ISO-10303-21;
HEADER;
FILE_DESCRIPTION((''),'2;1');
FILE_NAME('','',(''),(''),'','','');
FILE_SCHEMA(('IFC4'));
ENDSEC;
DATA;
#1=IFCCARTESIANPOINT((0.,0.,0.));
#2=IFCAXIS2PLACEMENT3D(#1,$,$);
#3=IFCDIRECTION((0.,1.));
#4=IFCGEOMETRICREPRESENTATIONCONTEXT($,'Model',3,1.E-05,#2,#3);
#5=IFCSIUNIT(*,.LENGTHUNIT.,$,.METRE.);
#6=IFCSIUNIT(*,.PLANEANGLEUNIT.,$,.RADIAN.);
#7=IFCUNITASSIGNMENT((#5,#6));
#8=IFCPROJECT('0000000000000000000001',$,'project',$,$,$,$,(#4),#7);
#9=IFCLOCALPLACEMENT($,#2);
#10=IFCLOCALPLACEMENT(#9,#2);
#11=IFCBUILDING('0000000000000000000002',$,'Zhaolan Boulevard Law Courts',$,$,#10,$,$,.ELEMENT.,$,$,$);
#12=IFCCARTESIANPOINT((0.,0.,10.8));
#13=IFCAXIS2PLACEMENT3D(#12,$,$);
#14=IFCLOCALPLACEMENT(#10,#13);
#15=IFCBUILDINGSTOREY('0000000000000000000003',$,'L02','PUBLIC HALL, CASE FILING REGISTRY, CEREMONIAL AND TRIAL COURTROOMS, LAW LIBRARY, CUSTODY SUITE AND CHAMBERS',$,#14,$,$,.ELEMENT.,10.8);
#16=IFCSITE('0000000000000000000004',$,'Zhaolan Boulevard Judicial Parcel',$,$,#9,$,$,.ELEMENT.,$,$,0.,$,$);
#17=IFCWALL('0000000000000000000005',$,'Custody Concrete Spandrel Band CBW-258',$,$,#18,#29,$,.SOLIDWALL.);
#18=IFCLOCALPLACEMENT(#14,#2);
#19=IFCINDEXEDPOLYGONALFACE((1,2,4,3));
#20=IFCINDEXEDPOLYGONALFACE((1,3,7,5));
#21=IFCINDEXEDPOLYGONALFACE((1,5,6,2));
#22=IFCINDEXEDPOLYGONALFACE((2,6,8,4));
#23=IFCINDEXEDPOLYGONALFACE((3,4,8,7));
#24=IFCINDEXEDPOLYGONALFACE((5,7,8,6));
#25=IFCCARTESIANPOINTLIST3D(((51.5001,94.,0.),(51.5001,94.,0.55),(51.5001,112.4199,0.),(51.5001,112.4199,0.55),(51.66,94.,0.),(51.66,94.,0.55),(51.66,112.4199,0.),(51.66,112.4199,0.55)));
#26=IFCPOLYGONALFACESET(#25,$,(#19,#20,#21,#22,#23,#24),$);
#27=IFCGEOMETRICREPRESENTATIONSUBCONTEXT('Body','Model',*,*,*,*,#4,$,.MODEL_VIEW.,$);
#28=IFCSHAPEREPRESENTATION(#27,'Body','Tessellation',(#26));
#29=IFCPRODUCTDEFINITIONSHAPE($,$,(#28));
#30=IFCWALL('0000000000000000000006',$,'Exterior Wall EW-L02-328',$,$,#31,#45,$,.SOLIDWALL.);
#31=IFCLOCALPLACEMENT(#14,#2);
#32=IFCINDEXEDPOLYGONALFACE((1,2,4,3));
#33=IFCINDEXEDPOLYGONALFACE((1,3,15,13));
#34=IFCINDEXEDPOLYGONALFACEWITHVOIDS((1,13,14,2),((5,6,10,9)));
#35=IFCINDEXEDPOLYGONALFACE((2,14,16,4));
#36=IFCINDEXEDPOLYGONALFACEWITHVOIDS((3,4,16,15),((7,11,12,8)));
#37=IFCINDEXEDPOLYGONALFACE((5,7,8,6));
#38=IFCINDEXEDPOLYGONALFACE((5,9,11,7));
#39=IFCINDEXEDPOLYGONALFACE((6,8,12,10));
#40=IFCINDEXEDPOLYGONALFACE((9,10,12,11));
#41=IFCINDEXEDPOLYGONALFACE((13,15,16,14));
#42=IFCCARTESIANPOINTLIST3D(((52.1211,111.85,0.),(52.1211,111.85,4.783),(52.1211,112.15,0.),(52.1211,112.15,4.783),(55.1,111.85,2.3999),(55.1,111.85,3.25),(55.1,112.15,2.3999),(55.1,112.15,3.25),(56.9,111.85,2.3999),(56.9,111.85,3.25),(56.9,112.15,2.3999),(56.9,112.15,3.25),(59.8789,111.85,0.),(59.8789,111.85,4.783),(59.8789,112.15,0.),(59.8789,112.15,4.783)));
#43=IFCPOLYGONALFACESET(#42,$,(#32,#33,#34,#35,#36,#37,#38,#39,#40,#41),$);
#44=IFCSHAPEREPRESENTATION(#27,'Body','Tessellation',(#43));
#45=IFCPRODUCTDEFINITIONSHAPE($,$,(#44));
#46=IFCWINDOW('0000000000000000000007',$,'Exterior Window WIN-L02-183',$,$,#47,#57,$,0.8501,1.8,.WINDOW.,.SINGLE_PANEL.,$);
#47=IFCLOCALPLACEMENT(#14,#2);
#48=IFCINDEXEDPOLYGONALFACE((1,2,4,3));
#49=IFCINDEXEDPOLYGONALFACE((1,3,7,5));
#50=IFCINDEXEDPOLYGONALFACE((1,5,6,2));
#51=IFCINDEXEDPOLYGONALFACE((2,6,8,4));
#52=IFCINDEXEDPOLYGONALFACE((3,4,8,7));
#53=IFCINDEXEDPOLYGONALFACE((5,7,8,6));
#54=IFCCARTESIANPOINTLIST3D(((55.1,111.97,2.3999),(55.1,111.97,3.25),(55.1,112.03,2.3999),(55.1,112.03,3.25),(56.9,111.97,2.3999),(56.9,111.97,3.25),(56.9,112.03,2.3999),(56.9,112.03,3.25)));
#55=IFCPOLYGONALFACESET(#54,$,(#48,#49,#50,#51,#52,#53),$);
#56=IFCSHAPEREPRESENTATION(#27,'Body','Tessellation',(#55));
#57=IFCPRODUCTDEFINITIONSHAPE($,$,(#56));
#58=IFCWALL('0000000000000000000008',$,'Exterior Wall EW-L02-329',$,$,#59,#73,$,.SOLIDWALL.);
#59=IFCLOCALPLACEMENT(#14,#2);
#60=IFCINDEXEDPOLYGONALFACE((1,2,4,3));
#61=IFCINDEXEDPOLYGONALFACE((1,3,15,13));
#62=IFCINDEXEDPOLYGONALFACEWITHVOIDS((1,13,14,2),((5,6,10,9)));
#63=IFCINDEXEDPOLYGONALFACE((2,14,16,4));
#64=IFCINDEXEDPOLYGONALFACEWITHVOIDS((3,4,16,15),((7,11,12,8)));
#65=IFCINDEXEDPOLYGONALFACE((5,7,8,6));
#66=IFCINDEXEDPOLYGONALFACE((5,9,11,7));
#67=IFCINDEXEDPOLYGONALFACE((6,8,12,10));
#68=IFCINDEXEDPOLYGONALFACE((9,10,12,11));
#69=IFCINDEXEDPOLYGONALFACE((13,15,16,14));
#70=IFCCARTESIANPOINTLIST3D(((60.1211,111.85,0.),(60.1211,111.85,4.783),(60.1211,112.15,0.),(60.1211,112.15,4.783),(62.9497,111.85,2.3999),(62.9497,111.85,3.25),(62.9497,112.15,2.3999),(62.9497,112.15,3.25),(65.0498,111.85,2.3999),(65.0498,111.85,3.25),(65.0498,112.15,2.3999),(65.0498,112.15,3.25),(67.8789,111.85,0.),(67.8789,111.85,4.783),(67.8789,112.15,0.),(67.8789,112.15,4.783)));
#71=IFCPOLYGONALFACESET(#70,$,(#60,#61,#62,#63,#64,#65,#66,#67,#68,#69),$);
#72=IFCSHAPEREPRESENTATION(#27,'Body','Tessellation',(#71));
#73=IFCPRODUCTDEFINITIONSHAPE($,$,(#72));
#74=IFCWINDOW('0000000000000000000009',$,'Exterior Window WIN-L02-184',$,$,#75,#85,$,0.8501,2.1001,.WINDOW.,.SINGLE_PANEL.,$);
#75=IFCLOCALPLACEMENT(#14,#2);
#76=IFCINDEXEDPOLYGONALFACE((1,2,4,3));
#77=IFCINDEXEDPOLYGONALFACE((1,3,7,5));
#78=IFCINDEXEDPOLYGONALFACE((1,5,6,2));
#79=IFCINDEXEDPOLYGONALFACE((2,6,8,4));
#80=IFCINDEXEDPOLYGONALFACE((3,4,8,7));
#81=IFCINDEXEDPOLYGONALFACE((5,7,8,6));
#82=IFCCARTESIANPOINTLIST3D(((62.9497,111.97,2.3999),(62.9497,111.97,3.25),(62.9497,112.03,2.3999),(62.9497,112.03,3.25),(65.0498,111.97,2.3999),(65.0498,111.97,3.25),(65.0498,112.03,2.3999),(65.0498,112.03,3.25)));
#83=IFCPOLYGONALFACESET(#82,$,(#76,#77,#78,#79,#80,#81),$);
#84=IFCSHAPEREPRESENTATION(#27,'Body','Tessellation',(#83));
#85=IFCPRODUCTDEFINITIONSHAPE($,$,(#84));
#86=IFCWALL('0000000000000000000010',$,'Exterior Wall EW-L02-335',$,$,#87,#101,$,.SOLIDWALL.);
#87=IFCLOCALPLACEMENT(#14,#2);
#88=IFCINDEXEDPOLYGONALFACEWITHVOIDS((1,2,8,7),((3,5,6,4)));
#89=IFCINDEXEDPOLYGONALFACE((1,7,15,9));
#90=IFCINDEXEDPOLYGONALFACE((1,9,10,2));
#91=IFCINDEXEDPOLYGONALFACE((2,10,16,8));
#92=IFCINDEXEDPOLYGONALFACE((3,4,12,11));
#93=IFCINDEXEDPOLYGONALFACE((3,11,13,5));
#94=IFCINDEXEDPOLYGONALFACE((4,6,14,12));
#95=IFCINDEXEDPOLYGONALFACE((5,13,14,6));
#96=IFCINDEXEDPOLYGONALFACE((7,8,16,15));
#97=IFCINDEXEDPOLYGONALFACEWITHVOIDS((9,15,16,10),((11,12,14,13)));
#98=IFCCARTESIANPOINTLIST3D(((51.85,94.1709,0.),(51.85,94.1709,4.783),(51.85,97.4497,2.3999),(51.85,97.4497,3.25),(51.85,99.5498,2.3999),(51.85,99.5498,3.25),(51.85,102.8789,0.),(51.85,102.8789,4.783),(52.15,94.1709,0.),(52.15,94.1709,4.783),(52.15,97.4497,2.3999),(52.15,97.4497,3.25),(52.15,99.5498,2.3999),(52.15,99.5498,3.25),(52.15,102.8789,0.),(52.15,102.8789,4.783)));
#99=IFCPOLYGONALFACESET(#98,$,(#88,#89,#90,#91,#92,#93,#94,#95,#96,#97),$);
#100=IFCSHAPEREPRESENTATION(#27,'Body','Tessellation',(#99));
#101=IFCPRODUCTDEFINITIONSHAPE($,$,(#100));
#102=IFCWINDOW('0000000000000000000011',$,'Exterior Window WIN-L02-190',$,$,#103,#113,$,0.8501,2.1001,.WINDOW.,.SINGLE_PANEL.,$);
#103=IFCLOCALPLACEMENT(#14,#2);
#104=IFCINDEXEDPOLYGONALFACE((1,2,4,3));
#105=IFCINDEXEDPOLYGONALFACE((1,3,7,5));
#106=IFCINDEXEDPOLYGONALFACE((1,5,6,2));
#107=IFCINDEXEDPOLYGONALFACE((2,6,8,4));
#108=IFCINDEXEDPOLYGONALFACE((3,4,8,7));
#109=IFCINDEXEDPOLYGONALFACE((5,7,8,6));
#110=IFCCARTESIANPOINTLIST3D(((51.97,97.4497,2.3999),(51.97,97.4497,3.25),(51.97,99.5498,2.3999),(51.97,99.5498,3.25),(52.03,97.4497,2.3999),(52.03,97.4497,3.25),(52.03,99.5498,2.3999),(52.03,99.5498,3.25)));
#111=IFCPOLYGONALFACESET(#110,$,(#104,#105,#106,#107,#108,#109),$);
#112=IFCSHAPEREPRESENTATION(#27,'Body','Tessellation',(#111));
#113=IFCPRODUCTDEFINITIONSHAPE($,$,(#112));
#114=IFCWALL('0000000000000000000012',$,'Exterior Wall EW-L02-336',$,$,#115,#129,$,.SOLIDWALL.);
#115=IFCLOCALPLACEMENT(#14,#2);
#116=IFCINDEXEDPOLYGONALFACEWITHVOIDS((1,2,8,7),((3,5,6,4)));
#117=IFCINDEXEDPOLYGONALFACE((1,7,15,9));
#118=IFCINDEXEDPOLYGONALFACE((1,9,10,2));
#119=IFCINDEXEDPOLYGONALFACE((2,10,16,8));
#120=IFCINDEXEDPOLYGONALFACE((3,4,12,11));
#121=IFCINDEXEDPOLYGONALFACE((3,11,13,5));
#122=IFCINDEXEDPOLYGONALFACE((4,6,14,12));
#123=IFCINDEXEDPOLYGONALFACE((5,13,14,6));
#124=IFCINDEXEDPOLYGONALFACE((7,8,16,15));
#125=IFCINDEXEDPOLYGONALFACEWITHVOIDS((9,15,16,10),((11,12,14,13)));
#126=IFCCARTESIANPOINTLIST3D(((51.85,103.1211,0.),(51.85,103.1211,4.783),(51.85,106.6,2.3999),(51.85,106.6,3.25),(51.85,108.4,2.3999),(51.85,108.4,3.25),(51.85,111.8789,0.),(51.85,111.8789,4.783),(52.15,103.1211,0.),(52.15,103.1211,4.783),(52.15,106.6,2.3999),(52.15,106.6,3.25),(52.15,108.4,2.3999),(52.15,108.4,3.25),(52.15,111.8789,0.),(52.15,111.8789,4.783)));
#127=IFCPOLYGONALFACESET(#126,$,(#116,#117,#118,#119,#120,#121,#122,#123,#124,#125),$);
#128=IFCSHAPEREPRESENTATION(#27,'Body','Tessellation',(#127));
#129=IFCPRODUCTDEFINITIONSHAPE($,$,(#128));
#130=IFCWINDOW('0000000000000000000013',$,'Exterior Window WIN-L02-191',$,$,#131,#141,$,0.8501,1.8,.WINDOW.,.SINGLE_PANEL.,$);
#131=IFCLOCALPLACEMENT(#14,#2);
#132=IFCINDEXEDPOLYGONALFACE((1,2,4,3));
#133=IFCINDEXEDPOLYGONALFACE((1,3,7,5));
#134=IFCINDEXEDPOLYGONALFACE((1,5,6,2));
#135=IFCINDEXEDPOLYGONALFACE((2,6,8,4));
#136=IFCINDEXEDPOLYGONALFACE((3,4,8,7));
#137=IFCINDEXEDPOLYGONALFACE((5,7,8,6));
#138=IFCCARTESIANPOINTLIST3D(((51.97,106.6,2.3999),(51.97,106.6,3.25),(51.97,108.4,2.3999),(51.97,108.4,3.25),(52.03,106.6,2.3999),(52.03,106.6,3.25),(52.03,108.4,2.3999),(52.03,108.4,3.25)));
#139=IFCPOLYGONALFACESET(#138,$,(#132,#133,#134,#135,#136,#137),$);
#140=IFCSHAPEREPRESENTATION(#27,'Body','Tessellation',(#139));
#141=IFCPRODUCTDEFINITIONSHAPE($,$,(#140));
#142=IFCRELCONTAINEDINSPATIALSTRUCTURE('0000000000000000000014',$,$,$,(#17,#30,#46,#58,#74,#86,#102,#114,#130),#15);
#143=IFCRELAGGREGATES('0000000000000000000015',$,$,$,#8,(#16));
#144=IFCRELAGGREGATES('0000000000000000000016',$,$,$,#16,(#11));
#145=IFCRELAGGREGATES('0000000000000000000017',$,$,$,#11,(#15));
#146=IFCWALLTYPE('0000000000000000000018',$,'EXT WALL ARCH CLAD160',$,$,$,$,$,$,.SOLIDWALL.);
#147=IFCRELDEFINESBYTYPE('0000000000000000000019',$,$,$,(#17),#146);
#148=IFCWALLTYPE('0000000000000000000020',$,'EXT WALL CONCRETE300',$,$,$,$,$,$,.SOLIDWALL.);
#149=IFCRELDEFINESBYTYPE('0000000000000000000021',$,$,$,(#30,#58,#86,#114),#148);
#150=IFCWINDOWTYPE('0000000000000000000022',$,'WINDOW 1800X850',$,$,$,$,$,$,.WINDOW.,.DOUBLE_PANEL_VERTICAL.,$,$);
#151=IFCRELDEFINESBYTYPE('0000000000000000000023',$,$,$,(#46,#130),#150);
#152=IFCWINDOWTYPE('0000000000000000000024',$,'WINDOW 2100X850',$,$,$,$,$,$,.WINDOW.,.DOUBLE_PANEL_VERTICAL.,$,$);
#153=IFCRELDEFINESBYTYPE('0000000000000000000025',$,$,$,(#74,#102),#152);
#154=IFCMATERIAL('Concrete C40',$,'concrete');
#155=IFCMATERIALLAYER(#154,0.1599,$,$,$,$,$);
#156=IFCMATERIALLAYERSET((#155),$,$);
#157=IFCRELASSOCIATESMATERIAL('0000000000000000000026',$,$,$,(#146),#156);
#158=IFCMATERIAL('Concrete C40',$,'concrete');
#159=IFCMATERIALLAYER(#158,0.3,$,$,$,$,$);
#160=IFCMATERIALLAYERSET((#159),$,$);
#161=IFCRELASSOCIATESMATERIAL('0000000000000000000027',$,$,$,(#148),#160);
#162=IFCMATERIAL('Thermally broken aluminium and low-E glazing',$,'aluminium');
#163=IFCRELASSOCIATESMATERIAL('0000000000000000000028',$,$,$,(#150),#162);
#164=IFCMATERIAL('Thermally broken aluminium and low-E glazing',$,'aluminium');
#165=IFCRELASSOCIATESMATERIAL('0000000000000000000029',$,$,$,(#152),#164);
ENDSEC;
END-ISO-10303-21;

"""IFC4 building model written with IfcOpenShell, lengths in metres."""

from ifc_helpers import new_model, si_unit, direction, frame, frame_2d, origin, place, context, subcontext, project, spatial, rectangle, extrude, material, layer, layer_set, type_object, element, fill, save


model = new_model("IFC4")

# Units and contexts
model_context = context("Model", 3, precision=1e-05, world=origin(), true_north=direction((0.0, 1.0)))
body_context = subcontext(model_context, "Body", "Model", "MODEL_VIEW")
ifc_project = project(units=[si_unit("LENGTHUNIT", "METRE"), si_unit("PLANEANGLEUNIT", "RADIAN")], contexts=[model_context])

# Site, building, storey
site_placement = place(None, origin())
site = spatial("IfcSite", under=ifc_project, at=site_placement, Name="Zhaolan Boulevard Judicial Parcel", CompositionType="ELEMENT", RefElevation=0.0)
building_placement = place(site_placement, origin())
building = spatial("IfcBuilding", under=site, at=building_placement, Name="Zhaolan Boulevard Law Courts", CompositionType="ELEMENT")
storey_placement = place(building_placement, frame((0.0, 0.0, 10.8)))
storey = spatial("IfcBuildingStorey", under=building, at=storey_placement, Name="L02", Description="PUBLIC HALL, CASE FILING REGISTRY, CEREMONIAL AND TRIAL COURTROOMS, LAW LIBRARY, CUSTODY SUITE AND CHAMBERS", CompositionType="ELEMENT", Elevation=10.8)

# Wall
ifc_material_1 = material(Name="Concrete C40", Category="concrete")
ifc_layer_1 = layer(ifc_material_1, 0.1599)
ifc_layer_set_1 = layer_set([ifc_layer_1])
wall_type_1 = type_object("IfcWallType", Name="EXT WALL ARCH CLAD160", PredefinedType="SOLIDWALL", material=ifc_layer_set_1)
wall_1_placement = place(storey_placement, frame((51.5801, 112.4199, 0.0), z_axis=(0.0, 0.0, 1.0), x_axis=(0.0, -1.0, 0.0)))
element("IfcWall", 1, at=wall_1_placement, inside=storey, type_object=wall_type_1, Name="Custody Concrete Spandrel Band CBW-258", PredefinedType="SOLIDWALL", context=body_context, shape_type="SweptSolid", body=[
    extrude(rectangle(XDim=18.4199, YDim=0.1599, at=frame_2d((9.21, 0.0))), origin(), (0.0, 0.0, 1.0), 0.55),
])

# Walls, openings, windows
ifc_material_2 = material(Name="Concrete C40", Category="concrete")
ifc_layer_2 = layer(ifc_material_2, 0.3)
ifc_layer_set_2 = layer_set([ifc_layer_2])
wall_type_2 = type_object("IfcWallType", Name="EXT WALL CONCRETE300", PredefinedType="SOLIDWALL", material=ifc_layer_set_2)
wall_2_placement = place(storey_placement, frame((59.8789, 112.0, 0.0), z_axis=(0.0, 0.0, 1.0), x_axis=(-1.0, 0.0, 0.0)))
wall_2 = element("IfcWall", 2, at=wall_2_placement, inside=storey, type_object=wall_type_2, Name="Exterior Wall EW-L02-328", PredefinedType="SOLIDWALL", context=body_context, shape_type="SweptSolid", body=[
    extrude(rectangle(XDim=7.7578, YDim=0.3, at=frame_2d((3.8789, 0.0))), origin(), (0.0, 0.0, 1.0), 4.783),
])
opening_1_placement = place(wall_2_placement, frame((2.979, 0.0, 2.3999)))
opening_1 = element("IfcOpeningElement", 3, at=opening_1_placement, cuts=wall_2, PredefinedType="OPENING", context=body_context, shape_type="SweptSolid", body=[
    extrude(rectangle(XDim=1.8, YDim=0.8501, at=frame_2d((0.8999, 0.425))), frame((0.0, 0.1599, 0.0), z_axis=(0.0, -1.0, 0.0), x_axis=(1.0, 0.0, 0.0)), (0.0, 0.0, 1.0), 0.3201),
])
ifc_material_3 = material(Name="Thermally broken aluminium and low-E glazing", Category="aluminium")
window_type_1 = type_object("IfcWindowType", Name="WINDOW 1800X850", PartitioningType="DOUBLE_PANEL_VERTICAL", PredefinedType="WINDOW", material=ifc_material_3)
window_1_placement = place(opening_1_placement, origin())
window_1 = element("IfcWindow", 4, at=window_1_placement, inside=storey, type_object=window_type_1, Name="Exterior Window WIN-L02-183", OverallHeight=0.8501, OverallWidth=1.8, PartitioningType="SINGLE_PANEL", PredefinedType="WINDOW", context=body_context, shape_type="SweptSolid", body=[
    extrude(rectangle(XDim=1.8, YDim=0.8501, at=frame_2d((0.8999, 0.425))), frame((0.0, 0.03, 0.0), z_axis=(0.0, -1.0, 0.0), x_axis=(1.0, 0.0, 0.0)), (0.0, 0.0, 1.0), 0.0601),
])
fill(opening_1, window_1)
wall_3_placement = place(storey_placement, frame((67.8789, 112.0, 0.0), z_axis=(0.0, 0.0, 1.0), x_axis=(-1.0, 0.0, 0.0)))
wall_3 = element("IfcWall", 5, at=wall_3_placement, inside=storey, type_object=wall_type_2, Name="Exterior Wall EW-L02-329", PredefinedType="SOLIDWALL", context=body_context, shape_type="SweptSolid", body=[
    extrude(rectangle(XDim=7.7578, YDim=0.3, at=frame_2d((3.8789, 0.0))), origin(), (0.0, 0.0, 1.0), 4.783),
])
opening_2_placement = place(wall_3_placement, frame((2.8291, 0.0, 2.3999)))
opening_2 = element("IfcOpeningElement", 6, at=opening_2_placement, cuts=wall_3, PredefinedType="OPENING", context=body_context, shape_type="SweptSolid", body=[
    extrude(rectangle(XDim=2.1001, YDim=0.8501, at=frame_2d((1.05, 0.425))), frame((0.0, 0.1599, 0.0), z_axis=(0.0, -1.0, 0.0), x_axis=(1.0, 0.0, 0.0)), (0.0, 0.0, 1.0), 0.3201),
])
ifc_material_4 = material(Name="Thermally broken aluminium and low-E glazing", Category="aluminium")
window_type_2 = type_object("IfcWindowType", Name="WINDOW 2100X850", PartitioningType="DOUBLE_PANEL_VERTICAL", PredefinedType="WINDOW", material=ifc_material_4)
window_2_placement = place(opening_2_placement, origin())
window_2 = element("IfcWindow", 7, at=window_2_placement, inside=storey, type_object=window_type_2, Name="Exterior Window WIN-L02-184", OverallHeight=0.8501, OverallWidth=2.1001, PartitioningType="SINGLE_PANEL", PredefinedType="WINDOW", context=body_context, shape_type="SweptSolid", body=[
    extrude(rectangle(XDim=2.1001, YDim=0.8501, at=frame_2d((1.05, 0.425))), frame((0.0, 0.03, 0.0), z_axis=(0.0, -1.0, 0.0), x_axis=(1.0, 0.0, 0.0)), (0.0, 0.0, 1.0), 0.0601),
])
fill(opening_2, window_2)
wall_4_placement = place(storey_placement, frame((52.0, 102.8789, 0.0), z_axis=(0.0, 0.0, 1.0), x_axis=(0.0, -1.0, 0.0)))
wall_4 = element("IfcWall", 8, at=wall_4_placement, inside=storey, type_object=wall_type_2, Name="Exterior Wall EW-L02-335", PredefinedType="SOLIDWALL", context=body_context, shape_type="SweptSolid", body=[
    extrude(rectangle(XDim=8.708, YDim=0.3, at=frame_2d((4.354, 0.0))), origin(), (0.0, 0.0, 1.0), 4.783),
])
opening_3_placement = place(wall_4_placement, frame((3.3291, 0.0, 2.3999)))
opening_3 = element("IfcOpeningElement", 9, at=opening_3_placement, cuts=wall_4, PredefinedType="OPENING", context=body_context, shape_type="SweptSolid", body=[
    extrude(rectangle(XDim=2.1001, YDim=0.8501, at=frame_2d((1.05, 0.425))), frame((0.0, 0.1599, 0.0), z_axis=(0.0, -1.0, 0.0), x_axis=(1.0, 0.0, 0.0)), (0.0, 0.0, 1.0), 0.3201),
])
window_3_placement = place(opening_3_placement, origin())
window_3 = element("IfcWindow", 10, at=window_3_placement, inside=storey, type_object=window_type_2, Name="Exterior Window WIN-L02-190", OverallHeight=0.8501, OverallWidth=2.1001, PartitioningType="SINGLE_PANEL", PredefinedType="WINDOW", context=body_context, shape_type="SweptSolid", body=[
    extrude(rectangle(XDim=2.1001, YDim=0.8501, at=frame_2d((1.05, 0.425))), frame((0.0, 0.03, 0.0), z_axis=(0.0, -1.0, 0.0), x_axis=(1.0, 0.0, 0.0)), (0.0, 0.0, 1.0), 0.0601),
])
fill(opening_3, window_3)
wall_5_placement = place(storey_placement, frame((52.0, 111.8789, 0.0), z_axis=(0.0, 0.0, 1.0), x_axis=(0.0, -1.0, 0.0)))
wall_5 = element("IfcWall", 11, at=wall_5_placement, inside=storey, type_object=wall_type_2, Name="Exterior Wall EW-L02-336", PredefinedType="SOLIDWALL", context=body_context, shape_type="SweptSolid", body=[
    extrude(rectangle(XDim=8.7578, YDim=0.3, at=frame_2d((4.3789, 0.0))), origin(), (0.0, 0.0, 1.0), 4.783),
])
opening_4_placement = place(wall_5_placement, frame((3.479, 0.0, 2.3999)))
opening_4 = element("IfcOpeningElement", 12, at=opening_4_placement, cuts=wall_5, PredefinedType="OPENING", context=body_context, shape_type="SweptSolid", body=[
    extrude(rectangle(XDim=1.8, YDim=0.8501, at=frame_2d((0.8999, 0.425))), frame((0.0, 0.1599, 0.0), z_axis=(0.0, -1.0, 0.0), x_axis=(1.0, 0.0, 0.0)), (0.0, 0.0, 1.0), 0.3201),
])
window_4_placement = place(opening_4_placement, origin())
window_4 = element("IfcWindow", 13, at=window_4_placement, inside=storey, type_object=window_type_1, Name="Exterior Window WIN-L02-191", OverallHeight=0.8501, OverallWidth=1.8, PartitioningType="SINGLE_PANEL", PredefinedType="WINDOW", context=body_context, shape_type="SweptSolid", body=[
    extrude(rectangle(XDim=1.8, YDim=0.8501, at=frame_2d((0.8999, 0.425))), frame((0.0, 0.03, 0.0), z_axis=(0.0, -1.0, 0.0), x_axis=(1.0, 0.0, 0.0)), (0.0, 0.0, 1.0), 0.0601),
])
fill(opening_4, window_4)

save(model, "model.ifc")
